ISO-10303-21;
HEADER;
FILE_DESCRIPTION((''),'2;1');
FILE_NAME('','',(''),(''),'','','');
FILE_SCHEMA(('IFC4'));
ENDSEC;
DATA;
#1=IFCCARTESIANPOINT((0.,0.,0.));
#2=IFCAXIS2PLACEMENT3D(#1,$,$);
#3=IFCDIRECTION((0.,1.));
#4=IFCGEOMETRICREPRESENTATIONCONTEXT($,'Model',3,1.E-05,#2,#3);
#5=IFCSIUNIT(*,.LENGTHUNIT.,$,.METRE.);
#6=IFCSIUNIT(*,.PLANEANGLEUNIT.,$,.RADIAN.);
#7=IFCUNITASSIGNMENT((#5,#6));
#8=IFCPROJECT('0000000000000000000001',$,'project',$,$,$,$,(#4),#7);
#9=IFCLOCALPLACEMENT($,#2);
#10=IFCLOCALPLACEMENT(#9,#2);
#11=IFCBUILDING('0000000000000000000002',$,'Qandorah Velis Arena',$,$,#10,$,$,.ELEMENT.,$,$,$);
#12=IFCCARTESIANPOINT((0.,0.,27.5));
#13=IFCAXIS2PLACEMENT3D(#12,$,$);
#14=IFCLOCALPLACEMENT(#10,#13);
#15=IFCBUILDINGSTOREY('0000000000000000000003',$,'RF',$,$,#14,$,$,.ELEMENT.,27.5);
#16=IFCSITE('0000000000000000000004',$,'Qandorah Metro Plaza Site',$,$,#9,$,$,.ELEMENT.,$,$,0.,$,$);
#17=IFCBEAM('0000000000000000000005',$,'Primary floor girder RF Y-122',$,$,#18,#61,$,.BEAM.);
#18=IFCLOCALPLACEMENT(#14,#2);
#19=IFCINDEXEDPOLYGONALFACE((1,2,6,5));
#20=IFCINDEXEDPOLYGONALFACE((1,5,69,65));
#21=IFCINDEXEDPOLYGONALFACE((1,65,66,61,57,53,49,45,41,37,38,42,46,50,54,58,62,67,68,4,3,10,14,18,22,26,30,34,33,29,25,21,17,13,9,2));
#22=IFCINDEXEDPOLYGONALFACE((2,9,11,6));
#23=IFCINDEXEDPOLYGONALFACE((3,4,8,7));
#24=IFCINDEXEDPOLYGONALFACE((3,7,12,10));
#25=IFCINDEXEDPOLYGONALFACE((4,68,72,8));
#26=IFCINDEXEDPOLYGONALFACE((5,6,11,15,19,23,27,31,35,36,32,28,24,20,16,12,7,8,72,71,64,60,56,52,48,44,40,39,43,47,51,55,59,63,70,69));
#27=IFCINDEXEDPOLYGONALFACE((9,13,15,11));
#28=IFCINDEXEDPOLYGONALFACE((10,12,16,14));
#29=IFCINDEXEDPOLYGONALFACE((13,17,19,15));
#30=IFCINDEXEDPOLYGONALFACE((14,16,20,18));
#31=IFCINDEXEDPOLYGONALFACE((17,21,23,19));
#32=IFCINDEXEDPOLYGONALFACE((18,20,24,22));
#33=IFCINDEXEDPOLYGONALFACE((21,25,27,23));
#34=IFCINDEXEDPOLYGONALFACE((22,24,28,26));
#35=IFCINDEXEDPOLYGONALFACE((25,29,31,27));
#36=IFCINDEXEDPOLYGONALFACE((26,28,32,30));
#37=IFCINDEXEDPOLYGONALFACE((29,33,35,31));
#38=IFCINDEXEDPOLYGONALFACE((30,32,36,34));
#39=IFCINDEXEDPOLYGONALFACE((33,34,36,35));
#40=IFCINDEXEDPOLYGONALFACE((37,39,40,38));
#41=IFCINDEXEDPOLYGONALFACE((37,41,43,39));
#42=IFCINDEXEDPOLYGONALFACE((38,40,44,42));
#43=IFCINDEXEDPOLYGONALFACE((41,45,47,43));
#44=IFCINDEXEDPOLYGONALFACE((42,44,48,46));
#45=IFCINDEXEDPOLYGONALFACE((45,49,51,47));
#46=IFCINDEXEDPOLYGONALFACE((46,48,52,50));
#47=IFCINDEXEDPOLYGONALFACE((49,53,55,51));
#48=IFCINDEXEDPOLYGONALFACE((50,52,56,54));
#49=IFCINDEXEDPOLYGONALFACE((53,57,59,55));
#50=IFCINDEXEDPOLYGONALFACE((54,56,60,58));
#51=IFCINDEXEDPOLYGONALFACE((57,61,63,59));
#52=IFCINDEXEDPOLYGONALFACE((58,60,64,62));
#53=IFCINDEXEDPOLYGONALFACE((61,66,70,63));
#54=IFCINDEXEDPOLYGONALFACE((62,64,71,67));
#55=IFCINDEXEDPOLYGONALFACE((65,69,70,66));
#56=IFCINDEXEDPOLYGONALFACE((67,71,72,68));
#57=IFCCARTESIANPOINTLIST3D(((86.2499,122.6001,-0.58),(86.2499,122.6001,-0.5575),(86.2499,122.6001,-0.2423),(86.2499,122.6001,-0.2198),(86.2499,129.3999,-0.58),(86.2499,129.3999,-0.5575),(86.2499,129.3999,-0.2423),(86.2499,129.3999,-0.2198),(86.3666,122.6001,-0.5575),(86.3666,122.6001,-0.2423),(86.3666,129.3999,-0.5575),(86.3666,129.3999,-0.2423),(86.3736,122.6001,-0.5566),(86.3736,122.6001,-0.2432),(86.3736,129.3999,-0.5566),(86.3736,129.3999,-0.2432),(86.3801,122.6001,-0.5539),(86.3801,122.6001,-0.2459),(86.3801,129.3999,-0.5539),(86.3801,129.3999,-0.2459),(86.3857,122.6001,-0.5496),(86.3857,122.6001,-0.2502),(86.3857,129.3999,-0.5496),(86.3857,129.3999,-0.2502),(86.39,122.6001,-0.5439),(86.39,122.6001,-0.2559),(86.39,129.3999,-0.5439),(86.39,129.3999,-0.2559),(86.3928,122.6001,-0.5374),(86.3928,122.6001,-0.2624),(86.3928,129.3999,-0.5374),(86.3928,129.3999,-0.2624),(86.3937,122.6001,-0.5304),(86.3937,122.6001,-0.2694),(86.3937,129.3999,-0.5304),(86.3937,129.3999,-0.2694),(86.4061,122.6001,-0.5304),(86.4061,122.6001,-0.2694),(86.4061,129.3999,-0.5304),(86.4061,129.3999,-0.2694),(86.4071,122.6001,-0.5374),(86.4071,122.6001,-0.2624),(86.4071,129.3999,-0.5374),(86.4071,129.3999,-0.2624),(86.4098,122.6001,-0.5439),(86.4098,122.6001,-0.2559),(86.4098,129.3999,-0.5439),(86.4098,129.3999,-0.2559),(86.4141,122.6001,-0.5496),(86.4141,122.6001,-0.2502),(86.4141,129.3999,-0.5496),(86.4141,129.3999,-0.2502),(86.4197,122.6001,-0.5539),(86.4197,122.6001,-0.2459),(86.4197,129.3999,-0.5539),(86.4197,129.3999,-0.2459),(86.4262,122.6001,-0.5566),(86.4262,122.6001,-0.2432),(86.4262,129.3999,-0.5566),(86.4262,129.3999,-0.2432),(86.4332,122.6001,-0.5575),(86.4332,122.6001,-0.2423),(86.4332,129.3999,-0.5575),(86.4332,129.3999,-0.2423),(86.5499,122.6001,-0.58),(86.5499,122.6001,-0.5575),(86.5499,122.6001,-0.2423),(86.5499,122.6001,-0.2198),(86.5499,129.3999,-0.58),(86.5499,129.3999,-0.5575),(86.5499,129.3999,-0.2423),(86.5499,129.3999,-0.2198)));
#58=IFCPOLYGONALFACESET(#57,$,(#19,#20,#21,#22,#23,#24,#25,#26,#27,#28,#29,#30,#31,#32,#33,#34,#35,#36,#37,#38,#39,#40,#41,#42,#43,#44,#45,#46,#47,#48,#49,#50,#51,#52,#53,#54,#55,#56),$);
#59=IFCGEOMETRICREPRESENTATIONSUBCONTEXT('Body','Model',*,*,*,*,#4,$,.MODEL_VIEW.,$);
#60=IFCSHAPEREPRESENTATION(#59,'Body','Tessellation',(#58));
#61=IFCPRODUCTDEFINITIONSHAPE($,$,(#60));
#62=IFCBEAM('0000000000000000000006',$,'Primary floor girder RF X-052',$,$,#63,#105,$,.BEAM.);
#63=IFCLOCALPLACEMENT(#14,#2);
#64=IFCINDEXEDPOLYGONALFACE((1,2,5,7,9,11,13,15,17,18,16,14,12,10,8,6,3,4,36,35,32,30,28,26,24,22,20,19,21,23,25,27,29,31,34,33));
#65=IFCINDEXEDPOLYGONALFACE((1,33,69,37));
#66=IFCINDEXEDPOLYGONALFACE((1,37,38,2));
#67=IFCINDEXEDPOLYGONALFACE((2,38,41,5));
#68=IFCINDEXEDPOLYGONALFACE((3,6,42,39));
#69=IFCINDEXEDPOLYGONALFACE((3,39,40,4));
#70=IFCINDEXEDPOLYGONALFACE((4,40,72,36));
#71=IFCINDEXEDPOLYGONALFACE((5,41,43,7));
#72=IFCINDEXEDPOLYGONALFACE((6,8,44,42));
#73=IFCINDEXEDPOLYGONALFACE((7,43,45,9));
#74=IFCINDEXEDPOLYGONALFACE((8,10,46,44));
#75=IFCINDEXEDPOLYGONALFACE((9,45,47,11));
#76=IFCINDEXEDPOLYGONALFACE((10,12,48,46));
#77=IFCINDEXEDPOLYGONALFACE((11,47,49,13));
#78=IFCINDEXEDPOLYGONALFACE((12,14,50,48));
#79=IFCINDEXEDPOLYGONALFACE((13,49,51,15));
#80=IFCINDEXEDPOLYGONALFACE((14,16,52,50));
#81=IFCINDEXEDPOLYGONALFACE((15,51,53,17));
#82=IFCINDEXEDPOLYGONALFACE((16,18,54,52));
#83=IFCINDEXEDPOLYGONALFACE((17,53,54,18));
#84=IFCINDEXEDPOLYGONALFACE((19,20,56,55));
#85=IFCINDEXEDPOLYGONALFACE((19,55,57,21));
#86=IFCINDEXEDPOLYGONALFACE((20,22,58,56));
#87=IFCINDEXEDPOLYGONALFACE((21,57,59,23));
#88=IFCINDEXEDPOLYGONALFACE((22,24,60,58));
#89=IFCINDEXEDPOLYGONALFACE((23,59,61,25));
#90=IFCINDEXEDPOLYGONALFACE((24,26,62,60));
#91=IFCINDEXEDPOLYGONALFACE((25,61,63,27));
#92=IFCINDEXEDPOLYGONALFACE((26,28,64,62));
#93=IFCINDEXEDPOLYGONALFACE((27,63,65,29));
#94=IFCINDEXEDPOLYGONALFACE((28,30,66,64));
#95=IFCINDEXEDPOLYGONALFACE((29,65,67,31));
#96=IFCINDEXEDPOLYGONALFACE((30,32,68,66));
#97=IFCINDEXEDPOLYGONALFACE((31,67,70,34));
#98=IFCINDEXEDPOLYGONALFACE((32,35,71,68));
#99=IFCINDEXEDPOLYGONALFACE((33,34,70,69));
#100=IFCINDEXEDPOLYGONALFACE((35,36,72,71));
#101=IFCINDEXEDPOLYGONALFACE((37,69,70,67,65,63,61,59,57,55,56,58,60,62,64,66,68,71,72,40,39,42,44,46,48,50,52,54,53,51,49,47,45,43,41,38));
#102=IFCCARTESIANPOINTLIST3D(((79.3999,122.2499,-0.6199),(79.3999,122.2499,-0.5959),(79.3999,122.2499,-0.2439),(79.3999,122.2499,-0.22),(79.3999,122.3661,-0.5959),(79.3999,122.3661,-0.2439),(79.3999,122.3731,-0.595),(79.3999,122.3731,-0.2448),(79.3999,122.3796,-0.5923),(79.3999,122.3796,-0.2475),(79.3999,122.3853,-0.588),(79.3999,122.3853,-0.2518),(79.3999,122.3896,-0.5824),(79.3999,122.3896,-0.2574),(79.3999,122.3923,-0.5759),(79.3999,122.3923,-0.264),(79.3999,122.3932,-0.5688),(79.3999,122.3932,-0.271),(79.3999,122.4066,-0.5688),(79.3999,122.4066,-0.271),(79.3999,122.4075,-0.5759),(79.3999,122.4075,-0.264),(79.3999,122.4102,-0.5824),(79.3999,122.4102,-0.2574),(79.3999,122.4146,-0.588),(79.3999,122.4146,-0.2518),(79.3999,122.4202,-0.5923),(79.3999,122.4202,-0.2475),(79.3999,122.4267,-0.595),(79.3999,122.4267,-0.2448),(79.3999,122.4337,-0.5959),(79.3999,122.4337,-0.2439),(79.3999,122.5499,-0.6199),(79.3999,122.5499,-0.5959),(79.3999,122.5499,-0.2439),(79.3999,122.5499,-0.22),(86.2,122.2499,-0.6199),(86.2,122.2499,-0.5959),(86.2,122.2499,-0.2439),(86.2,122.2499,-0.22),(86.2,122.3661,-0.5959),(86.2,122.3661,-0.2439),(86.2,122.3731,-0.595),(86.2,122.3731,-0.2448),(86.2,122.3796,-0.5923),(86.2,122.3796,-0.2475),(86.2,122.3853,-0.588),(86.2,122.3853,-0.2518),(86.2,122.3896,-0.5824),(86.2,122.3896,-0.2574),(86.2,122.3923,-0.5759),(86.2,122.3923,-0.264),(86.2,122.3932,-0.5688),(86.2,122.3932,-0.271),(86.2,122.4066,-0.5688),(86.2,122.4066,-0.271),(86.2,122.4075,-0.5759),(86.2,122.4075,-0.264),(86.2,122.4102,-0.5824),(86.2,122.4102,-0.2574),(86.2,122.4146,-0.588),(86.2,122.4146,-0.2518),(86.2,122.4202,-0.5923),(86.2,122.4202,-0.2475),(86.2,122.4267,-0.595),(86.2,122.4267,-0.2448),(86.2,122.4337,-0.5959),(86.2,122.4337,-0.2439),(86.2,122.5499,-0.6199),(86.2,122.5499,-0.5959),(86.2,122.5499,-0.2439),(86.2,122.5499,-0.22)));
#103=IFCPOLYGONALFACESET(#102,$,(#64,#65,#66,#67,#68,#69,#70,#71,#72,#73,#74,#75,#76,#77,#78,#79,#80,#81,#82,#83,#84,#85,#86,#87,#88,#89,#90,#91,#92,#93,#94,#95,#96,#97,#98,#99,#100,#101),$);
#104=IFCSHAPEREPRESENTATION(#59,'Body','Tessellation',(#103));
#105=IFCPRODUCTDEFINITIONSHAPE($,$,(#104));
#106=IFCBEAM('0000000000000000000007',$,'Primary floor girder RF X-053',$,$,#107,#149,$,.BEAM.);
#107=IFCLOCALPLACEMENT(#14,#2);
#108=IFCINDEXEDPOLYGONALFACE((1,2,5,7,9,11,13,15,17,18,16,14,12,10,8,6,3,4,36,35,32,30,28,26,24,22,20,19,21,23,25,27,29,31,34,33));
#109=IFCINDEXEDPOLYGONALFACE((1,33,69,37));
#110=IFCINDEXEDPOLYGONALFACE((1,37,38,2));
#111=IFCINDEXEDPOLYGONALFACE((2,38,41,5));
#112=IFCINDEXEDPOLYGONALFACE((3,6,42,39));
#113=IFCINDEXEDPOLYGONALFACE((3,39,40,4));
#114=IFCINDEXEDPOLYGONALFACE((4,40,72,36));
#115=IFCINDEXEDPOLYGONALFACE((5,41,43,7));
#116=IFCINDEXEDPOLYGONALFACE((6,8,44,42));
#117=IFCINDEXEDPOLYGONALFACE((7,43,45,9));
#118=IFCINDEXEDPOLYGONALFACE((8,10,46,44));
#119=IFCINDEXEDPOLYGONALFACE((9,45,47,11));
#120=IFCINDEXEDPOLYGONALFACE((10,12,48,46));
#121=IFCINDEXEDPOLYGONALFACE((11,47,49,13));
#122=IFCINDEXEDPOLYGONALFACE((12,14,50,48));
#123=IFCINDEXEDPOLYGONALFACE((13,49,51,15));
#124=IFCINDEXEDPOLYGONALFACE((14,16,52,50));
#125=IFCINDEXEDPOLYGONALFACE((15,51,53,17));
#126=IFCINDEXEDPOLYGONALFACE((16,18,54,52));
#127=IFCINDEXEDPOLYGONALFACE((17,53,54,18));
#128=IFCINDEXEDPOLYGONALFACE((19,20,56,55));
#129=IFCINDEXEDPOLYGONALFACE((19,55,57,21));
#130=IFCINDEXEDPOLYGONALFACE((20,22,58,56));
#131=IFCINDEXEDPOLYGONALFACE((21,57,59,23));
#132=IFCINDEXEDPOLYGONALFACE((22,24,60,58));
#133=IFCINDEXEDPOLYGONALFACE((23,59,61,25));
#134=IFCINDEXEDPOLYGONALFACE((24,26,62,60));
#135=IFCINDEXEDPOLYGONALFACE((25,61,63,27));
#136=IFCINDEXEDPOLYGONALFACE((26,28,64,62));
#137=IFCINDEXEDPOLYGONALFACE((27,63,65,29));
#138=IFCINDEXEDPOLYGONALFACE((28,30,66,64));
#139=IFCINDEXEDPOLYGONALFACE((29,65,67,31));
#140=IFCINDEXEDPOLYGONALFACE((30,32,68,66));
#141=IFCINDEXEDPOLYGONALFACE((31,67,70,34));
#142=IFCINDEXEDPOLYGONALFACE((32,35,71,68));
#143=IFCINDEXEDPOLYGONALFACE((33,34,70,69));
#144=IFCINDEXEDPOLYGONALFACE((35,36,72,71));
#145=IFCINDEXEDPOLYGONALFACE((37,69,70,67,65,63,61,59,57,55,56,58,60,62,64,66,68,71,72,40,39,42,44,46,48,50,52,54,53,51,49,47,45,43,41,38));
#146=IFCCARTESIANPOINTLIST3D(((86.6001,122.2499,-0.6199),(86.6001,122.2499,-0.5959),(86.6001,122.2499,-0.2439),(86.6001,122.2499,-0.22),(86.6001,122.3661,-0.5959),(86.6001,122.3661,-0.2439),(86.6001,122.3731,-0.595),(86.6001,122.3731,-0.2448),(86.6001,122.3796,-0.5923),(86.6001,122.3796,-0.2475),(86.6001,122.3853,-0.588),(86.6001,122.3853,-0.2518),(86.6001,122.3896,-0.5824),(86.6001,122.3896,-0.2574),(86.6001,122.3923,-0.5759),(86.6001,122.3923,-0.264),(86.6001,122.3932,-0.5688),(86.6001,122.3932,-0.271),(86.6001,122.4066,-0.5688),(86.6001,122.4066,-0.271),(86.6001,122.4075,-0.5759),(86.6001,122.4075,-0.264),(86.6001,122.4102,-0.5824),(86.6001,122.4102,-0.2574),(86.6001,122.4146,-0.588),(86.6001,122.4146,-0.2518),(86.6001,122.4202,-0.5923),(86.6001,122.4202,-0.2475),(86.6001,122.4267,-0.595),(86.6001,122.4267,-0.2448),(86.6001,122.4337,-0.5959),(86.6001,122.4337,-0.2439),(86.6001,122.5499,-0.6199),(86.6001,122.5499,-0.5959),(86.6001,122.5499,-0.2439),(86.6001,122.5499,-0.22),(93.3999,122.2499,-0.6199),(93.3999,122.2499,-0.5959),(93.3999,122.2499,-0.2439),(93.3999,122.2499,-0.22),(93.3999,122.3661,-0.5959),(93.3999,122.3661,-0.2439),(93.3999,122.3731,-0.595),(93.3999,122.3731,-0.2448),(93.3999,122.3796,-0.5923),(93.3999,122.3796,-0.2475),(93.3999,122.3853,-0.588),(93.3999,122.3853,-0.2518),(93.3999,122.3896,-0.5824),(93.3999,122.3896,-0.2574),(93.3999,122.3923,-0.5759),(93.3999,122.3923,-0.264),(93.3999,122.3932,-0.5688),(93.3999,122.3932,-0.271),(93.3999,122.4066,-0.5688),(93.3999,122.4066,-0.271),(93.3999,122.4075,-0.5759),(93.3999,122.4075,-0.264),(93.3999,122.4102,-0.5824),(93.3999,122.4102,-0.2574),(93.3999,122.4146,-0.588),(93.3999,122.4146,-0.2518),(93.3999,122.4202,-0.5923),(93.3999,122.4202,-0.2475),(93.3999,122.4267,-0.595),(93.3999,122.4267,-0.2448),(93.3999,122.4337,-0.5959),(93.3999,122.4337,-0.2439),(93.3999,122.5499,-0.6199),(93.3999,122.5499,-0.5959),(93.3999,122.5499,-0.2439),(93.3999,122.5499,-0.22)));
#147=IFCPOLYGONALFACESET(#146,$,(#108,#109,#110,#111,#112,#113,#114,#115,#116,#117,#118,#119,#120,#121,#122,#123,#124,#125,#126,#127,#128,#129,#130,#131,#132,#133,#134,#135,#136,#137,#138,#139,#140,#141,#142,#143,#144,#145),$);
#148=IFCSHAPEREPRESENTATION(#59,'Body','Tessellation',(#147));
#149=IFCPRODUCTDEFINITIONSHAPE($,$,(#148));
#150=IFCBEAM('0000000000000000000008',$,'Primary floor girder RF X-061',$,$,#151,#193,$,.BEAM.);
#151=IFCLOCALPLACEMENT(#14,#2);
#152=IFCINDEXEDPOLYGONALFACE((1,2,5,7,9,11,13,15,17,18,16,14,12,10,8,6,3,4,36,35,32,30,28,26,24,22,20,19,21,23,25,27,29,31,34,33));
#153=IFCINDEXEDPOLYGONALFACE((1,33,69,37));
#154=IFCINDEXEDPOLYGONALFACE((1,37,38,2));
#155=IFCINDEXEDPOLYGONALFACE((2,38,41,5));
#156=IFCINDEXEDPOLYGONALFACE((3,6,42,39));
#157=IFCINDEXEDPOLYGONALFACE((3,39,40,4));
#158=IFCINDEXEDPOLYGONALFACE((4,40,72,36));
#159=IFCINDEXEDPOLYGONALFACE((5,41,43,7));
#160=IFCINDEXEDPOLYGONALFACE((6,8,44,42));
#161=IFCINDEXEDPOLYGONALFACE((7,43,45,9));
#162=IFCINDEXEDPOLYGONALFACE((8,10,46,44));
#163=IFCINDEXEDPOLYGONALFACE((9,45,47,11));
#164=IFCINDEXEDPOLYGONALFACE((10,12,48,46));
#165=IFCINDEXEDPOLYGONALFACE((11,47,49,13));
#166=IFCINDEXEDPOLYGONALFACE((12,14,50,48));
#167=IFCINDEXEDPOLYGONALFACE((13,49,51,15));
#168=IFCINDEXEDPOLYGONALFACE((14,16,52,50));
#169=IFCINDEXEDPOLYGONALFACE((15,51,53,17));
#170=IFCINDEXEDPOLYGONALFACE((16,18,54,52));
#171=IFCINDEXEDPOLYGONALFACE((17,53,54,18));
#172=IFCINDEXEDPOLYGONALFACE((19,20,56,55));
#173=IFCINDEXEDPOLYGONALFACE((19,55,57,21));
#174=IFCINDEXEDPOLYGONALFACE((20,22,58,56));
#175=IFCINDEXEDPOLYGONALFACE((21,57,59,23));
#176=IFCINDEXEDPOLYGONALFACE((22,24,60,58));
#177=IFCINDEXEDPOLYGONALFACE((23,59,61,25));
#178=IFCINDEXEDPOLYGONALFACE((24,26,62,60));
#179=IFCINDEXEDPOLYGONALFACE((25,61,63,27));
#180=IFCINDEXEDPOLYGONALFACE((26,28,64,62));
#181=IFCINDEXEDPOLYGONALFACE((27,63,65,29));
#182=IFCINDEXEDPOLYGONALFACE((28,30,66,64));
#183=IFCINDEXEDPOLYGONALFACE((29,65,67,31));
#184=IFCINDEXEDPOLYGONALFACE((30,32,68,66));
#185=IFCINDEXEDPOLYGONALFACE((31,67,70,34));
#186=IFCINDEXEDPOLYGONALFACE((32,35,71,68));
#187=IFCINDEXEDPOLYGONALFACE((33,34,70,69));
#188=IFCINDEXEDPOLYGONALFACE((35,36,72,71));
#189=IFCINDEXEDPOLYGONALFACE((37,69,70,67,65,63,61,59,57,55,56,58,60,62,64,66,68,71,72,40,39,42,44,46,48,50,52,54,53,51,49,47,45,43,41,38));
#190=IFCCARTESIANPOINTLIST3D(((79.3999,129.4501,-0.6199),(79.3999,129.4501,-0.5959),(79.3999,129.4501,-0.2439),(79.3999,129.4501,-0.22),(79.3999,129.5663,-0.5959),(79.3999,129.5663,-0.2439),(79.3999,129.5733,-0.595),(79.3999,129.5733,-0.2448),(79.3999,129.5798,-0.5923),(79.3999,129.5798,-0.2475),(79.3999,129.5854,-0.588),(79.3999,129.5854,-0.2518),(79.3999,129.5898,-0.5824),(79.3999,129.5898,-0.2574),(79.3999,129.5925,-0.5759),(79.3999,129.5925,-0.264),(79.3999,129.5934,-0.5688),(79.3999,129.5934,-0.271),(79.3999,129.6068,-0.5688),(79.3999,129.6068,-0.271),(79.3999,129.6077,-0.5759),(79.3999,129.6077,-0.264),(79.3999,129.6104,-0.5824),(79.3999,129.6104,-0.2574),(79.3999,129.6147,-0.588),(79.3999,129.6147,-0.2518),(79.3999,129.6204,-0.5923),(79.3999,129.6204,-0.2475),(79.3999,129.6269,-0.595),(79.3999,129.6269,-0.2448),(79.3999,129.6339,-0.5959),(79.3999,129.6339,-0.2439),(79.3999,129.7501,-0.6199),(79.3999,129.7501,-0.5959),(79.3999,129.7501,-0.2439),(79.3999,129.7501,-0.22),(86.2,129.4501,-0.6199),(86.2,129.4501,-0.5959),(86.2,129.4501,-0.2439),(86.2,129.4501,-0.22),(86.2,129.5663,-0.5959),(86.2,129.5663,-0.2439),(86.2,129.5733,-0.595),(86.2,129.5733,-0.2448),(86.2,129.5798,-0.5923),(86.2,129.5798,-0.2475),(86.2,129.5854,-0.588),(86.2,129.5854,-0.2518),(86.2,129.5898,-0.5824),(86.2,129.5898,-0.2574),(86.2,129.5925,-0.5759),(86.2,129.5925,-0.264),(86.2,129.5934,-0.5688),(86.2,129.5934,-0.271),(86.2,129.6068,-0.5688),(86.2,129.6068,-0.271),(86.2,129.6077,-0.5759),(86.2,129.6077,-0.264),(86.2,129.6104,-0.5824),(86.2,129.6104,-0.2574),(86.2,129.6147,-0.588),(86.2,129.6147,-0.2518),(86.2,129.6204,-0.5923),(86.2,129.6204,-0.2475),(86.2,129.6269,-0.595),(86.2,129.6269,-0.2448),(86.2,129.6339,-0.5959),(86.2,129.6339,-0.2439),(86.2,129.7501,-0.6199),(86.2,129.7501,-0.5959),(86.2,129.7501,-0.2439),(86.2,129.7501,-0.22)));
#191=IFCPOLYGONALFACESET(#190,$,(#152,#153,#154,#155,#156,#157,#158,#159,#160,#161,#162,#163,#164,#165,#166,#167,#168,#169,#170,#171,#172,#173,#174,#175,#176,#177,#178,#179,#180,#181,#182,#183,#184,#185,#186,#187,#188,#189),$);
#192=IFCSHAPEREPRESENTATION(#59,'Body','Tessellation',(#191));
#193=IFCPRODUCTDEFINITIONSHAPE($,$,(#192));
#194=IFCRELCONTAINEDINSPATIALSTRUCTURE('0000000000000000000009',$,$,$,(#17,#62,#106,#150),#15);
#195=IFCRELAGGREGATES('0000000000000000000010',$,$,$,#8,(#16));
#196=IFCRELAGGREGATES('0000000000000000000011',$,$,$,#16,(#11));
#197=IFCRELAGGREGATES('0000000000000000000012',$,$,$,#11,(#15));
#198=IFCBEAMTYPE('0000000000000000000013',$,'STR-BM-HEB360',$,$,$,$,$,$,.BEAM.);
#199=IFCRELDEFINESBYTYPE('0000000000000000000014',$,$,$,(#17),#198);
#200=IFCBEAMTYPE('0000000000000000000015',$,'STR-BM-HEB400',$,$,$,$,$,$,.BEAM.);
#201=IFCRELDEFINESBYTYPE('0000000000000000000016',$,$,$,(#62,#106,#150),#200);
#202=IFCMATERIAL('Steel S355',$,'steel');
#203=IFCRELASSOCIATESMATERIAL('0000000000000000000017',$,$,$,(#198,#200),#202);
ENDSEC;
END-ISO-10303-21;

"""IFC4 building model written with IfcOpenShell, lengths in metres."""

from ifc_helpers import new_model, si_unit, direction, frame, origin, origin_2d, place, context, subcontext, project, spatial, i_section, extrude, material, material_profile, profile_set, type_object, element, save


model = new_model("IFC4")

# Units and contexts
model_context = context("Model", 3, precision=1e-05, world=origin(), true_north=direction((0.0, 1.0)))
body_context = subcontext(model_context, "Body", "Model", "MODEL_VIEW")
ifc_project = project(units=[si_unit("LENGTHUNIT", "METRE"), si_unit("PLANEANGLEUNIT", "RADIAN")], contexts=[model_context])

# Site, building, storey
site_placement = place(None, origin())
site = spatial("IfcSite", under=ifc_project, at=site_placement, Name="Qandorah Metro Plaza Site", CompositionType="ELEMENT", RefElevation=0.0)
building_placement = place(site_placement, origin())
building = spatial("IfcBuilding", under=site, at=building_placement, Name="Qandorah Velis Arena", CompositionType="ELEMENT")
storey_placement = place(building_placement, frame((0.0, 0.0, 27.5)))
storey = spatial("IfcBuildingStorey", under=building, at=storey_placement, Name="RF", CompositionType="ELEMENT", Elevation=27.5)

# Beams
ifc_material_1 = material(Name="Steel S355", Category="steel")
ifc_material_profile_1 = material_profile(ifc_material_1, i_section(OverallWidth=0.3, OverallDepth=0.3601, WebThickness=0.0125, FlangeThickness=0.0225, FilletRadius=0.0271, at=origin_2d()), Name="HEB 360")
ifc_profile_set_1 = profile_set([ifc_material_profile_1], Name="Steel S355")
beam_type_1 = type_object("IfcBeamType", Name="STR-BM-HEB360", PredefinedType="BEAM", material=ifc_profile_set_1)
beam_1_placement = place(storey_placement, frame((86.3999, 122.6001, -0.3999), z_axis=(0.0, 1.0, 0.0), x_axis=(-1.0, 0.0, 0.0)))
element("IfcBeam", 1, at=beam_1_placement, inside=storey, type_object=beam_type_1, Name="Primary floor girder RF Y-122", PredefinedType="BEAM", context=body_context, shape_type="SweptSolid", body=[
    extrude(i_section(OverallWidth=0.3, OverallDepth=0.3601, WebThickness=0.0125, FlangeThickness=0.0225, FilletRadius=0.0271, at=origin_2d()), origin(), (0.0, 0.0, 1.0), 6.7998),
])
ifc_material_profile_2 = material_profile(ifc_material_1, i_section(OverallWidth=0.3, OverallDepth=0.3999, WebThickness=0.0134, FlangeThickness=0.0239, FilletRadius=0.0271, at=origin_2d()), Name="HEB 400")
ifc_profile_set_2 = profile_set([ifc_material_profile_2], Name="Steel S355")
beam_type_2 = type_object("IfcBeamType", Name="STR-BM-HEB400", PredefinedType="BEAM", material=ifc_profile_set_2)
beam_2_placement = place(storey_placement, frame((79.3999, 122.3999, -0.4199), z_axis=(1.0, 0.0, 0.0), x_axis=(0.0, 1.0, 0.0)))
element("IfcBeam", 2, at=beam_2_placement, inside=storey, type_object=beam_type_2, Name="Primary floor girder RF X-052", PredefinedType="BEAM", context=body_context, shape_type="SweptSolid", body=[
    extrude(i_section(OverallWidth=0.3, OverallDepth=0.3999, WebThickness=0.0134, FlangeThickness=0.0239, FilletRadius=0.0271, at=origin_2d()), origin(), (0.0, 0.0, 1.0), 6.8),
])
beam_3_placement = place(storey_placement, frame((86.6001, 122.3999, -0.4199), z_axis=(1.0, 0.0, 0.0), x_axis=(0.0, 1.0, 0.0)))
element("IfcBeam", 3, at=beam_3_placement, inside=storey, type_object=beam_type_2, Name="Primary floor girder RF X-053", PredefinedType="BEAM", context=body_context, shape_type="SweptSolid", body=[
    extrude(i_section(OverallWidth=0.3, OverallDepth=0.3999, WebThickness=0.0134, FlangeThickness=0.0239, FilletRadius=0.0271, at=origin_2d()), origin(), (0.0, 0.0, 1.0), 6.7998),
])
beam_4_placement = place(storey_placement, frame((79.3999, 129.6001, -0.4199), z_axis=(1.0, 0.0, 0.0), x_axis=(0.0, 1.0, 0.0)))
element("IfcBeam", 4, at=beam_4_placement, inside=storey, type_object=beam_type_2, Name="Primary floor girder RF X-061", PredefinedType="BEAM", context=body_context, shape_type="SweptSolid", body=[
    extrude(i_section(OverallWidth=0.3, OverallDepth=0.3999, WebThickness=0.0134, FlangeThickness=0.0239, FilletRadius=0.0271, at=origin_2d()), origin(), (0.0, 0.0, 1.0), 6.8),
])

save(model, "model.ifc")
